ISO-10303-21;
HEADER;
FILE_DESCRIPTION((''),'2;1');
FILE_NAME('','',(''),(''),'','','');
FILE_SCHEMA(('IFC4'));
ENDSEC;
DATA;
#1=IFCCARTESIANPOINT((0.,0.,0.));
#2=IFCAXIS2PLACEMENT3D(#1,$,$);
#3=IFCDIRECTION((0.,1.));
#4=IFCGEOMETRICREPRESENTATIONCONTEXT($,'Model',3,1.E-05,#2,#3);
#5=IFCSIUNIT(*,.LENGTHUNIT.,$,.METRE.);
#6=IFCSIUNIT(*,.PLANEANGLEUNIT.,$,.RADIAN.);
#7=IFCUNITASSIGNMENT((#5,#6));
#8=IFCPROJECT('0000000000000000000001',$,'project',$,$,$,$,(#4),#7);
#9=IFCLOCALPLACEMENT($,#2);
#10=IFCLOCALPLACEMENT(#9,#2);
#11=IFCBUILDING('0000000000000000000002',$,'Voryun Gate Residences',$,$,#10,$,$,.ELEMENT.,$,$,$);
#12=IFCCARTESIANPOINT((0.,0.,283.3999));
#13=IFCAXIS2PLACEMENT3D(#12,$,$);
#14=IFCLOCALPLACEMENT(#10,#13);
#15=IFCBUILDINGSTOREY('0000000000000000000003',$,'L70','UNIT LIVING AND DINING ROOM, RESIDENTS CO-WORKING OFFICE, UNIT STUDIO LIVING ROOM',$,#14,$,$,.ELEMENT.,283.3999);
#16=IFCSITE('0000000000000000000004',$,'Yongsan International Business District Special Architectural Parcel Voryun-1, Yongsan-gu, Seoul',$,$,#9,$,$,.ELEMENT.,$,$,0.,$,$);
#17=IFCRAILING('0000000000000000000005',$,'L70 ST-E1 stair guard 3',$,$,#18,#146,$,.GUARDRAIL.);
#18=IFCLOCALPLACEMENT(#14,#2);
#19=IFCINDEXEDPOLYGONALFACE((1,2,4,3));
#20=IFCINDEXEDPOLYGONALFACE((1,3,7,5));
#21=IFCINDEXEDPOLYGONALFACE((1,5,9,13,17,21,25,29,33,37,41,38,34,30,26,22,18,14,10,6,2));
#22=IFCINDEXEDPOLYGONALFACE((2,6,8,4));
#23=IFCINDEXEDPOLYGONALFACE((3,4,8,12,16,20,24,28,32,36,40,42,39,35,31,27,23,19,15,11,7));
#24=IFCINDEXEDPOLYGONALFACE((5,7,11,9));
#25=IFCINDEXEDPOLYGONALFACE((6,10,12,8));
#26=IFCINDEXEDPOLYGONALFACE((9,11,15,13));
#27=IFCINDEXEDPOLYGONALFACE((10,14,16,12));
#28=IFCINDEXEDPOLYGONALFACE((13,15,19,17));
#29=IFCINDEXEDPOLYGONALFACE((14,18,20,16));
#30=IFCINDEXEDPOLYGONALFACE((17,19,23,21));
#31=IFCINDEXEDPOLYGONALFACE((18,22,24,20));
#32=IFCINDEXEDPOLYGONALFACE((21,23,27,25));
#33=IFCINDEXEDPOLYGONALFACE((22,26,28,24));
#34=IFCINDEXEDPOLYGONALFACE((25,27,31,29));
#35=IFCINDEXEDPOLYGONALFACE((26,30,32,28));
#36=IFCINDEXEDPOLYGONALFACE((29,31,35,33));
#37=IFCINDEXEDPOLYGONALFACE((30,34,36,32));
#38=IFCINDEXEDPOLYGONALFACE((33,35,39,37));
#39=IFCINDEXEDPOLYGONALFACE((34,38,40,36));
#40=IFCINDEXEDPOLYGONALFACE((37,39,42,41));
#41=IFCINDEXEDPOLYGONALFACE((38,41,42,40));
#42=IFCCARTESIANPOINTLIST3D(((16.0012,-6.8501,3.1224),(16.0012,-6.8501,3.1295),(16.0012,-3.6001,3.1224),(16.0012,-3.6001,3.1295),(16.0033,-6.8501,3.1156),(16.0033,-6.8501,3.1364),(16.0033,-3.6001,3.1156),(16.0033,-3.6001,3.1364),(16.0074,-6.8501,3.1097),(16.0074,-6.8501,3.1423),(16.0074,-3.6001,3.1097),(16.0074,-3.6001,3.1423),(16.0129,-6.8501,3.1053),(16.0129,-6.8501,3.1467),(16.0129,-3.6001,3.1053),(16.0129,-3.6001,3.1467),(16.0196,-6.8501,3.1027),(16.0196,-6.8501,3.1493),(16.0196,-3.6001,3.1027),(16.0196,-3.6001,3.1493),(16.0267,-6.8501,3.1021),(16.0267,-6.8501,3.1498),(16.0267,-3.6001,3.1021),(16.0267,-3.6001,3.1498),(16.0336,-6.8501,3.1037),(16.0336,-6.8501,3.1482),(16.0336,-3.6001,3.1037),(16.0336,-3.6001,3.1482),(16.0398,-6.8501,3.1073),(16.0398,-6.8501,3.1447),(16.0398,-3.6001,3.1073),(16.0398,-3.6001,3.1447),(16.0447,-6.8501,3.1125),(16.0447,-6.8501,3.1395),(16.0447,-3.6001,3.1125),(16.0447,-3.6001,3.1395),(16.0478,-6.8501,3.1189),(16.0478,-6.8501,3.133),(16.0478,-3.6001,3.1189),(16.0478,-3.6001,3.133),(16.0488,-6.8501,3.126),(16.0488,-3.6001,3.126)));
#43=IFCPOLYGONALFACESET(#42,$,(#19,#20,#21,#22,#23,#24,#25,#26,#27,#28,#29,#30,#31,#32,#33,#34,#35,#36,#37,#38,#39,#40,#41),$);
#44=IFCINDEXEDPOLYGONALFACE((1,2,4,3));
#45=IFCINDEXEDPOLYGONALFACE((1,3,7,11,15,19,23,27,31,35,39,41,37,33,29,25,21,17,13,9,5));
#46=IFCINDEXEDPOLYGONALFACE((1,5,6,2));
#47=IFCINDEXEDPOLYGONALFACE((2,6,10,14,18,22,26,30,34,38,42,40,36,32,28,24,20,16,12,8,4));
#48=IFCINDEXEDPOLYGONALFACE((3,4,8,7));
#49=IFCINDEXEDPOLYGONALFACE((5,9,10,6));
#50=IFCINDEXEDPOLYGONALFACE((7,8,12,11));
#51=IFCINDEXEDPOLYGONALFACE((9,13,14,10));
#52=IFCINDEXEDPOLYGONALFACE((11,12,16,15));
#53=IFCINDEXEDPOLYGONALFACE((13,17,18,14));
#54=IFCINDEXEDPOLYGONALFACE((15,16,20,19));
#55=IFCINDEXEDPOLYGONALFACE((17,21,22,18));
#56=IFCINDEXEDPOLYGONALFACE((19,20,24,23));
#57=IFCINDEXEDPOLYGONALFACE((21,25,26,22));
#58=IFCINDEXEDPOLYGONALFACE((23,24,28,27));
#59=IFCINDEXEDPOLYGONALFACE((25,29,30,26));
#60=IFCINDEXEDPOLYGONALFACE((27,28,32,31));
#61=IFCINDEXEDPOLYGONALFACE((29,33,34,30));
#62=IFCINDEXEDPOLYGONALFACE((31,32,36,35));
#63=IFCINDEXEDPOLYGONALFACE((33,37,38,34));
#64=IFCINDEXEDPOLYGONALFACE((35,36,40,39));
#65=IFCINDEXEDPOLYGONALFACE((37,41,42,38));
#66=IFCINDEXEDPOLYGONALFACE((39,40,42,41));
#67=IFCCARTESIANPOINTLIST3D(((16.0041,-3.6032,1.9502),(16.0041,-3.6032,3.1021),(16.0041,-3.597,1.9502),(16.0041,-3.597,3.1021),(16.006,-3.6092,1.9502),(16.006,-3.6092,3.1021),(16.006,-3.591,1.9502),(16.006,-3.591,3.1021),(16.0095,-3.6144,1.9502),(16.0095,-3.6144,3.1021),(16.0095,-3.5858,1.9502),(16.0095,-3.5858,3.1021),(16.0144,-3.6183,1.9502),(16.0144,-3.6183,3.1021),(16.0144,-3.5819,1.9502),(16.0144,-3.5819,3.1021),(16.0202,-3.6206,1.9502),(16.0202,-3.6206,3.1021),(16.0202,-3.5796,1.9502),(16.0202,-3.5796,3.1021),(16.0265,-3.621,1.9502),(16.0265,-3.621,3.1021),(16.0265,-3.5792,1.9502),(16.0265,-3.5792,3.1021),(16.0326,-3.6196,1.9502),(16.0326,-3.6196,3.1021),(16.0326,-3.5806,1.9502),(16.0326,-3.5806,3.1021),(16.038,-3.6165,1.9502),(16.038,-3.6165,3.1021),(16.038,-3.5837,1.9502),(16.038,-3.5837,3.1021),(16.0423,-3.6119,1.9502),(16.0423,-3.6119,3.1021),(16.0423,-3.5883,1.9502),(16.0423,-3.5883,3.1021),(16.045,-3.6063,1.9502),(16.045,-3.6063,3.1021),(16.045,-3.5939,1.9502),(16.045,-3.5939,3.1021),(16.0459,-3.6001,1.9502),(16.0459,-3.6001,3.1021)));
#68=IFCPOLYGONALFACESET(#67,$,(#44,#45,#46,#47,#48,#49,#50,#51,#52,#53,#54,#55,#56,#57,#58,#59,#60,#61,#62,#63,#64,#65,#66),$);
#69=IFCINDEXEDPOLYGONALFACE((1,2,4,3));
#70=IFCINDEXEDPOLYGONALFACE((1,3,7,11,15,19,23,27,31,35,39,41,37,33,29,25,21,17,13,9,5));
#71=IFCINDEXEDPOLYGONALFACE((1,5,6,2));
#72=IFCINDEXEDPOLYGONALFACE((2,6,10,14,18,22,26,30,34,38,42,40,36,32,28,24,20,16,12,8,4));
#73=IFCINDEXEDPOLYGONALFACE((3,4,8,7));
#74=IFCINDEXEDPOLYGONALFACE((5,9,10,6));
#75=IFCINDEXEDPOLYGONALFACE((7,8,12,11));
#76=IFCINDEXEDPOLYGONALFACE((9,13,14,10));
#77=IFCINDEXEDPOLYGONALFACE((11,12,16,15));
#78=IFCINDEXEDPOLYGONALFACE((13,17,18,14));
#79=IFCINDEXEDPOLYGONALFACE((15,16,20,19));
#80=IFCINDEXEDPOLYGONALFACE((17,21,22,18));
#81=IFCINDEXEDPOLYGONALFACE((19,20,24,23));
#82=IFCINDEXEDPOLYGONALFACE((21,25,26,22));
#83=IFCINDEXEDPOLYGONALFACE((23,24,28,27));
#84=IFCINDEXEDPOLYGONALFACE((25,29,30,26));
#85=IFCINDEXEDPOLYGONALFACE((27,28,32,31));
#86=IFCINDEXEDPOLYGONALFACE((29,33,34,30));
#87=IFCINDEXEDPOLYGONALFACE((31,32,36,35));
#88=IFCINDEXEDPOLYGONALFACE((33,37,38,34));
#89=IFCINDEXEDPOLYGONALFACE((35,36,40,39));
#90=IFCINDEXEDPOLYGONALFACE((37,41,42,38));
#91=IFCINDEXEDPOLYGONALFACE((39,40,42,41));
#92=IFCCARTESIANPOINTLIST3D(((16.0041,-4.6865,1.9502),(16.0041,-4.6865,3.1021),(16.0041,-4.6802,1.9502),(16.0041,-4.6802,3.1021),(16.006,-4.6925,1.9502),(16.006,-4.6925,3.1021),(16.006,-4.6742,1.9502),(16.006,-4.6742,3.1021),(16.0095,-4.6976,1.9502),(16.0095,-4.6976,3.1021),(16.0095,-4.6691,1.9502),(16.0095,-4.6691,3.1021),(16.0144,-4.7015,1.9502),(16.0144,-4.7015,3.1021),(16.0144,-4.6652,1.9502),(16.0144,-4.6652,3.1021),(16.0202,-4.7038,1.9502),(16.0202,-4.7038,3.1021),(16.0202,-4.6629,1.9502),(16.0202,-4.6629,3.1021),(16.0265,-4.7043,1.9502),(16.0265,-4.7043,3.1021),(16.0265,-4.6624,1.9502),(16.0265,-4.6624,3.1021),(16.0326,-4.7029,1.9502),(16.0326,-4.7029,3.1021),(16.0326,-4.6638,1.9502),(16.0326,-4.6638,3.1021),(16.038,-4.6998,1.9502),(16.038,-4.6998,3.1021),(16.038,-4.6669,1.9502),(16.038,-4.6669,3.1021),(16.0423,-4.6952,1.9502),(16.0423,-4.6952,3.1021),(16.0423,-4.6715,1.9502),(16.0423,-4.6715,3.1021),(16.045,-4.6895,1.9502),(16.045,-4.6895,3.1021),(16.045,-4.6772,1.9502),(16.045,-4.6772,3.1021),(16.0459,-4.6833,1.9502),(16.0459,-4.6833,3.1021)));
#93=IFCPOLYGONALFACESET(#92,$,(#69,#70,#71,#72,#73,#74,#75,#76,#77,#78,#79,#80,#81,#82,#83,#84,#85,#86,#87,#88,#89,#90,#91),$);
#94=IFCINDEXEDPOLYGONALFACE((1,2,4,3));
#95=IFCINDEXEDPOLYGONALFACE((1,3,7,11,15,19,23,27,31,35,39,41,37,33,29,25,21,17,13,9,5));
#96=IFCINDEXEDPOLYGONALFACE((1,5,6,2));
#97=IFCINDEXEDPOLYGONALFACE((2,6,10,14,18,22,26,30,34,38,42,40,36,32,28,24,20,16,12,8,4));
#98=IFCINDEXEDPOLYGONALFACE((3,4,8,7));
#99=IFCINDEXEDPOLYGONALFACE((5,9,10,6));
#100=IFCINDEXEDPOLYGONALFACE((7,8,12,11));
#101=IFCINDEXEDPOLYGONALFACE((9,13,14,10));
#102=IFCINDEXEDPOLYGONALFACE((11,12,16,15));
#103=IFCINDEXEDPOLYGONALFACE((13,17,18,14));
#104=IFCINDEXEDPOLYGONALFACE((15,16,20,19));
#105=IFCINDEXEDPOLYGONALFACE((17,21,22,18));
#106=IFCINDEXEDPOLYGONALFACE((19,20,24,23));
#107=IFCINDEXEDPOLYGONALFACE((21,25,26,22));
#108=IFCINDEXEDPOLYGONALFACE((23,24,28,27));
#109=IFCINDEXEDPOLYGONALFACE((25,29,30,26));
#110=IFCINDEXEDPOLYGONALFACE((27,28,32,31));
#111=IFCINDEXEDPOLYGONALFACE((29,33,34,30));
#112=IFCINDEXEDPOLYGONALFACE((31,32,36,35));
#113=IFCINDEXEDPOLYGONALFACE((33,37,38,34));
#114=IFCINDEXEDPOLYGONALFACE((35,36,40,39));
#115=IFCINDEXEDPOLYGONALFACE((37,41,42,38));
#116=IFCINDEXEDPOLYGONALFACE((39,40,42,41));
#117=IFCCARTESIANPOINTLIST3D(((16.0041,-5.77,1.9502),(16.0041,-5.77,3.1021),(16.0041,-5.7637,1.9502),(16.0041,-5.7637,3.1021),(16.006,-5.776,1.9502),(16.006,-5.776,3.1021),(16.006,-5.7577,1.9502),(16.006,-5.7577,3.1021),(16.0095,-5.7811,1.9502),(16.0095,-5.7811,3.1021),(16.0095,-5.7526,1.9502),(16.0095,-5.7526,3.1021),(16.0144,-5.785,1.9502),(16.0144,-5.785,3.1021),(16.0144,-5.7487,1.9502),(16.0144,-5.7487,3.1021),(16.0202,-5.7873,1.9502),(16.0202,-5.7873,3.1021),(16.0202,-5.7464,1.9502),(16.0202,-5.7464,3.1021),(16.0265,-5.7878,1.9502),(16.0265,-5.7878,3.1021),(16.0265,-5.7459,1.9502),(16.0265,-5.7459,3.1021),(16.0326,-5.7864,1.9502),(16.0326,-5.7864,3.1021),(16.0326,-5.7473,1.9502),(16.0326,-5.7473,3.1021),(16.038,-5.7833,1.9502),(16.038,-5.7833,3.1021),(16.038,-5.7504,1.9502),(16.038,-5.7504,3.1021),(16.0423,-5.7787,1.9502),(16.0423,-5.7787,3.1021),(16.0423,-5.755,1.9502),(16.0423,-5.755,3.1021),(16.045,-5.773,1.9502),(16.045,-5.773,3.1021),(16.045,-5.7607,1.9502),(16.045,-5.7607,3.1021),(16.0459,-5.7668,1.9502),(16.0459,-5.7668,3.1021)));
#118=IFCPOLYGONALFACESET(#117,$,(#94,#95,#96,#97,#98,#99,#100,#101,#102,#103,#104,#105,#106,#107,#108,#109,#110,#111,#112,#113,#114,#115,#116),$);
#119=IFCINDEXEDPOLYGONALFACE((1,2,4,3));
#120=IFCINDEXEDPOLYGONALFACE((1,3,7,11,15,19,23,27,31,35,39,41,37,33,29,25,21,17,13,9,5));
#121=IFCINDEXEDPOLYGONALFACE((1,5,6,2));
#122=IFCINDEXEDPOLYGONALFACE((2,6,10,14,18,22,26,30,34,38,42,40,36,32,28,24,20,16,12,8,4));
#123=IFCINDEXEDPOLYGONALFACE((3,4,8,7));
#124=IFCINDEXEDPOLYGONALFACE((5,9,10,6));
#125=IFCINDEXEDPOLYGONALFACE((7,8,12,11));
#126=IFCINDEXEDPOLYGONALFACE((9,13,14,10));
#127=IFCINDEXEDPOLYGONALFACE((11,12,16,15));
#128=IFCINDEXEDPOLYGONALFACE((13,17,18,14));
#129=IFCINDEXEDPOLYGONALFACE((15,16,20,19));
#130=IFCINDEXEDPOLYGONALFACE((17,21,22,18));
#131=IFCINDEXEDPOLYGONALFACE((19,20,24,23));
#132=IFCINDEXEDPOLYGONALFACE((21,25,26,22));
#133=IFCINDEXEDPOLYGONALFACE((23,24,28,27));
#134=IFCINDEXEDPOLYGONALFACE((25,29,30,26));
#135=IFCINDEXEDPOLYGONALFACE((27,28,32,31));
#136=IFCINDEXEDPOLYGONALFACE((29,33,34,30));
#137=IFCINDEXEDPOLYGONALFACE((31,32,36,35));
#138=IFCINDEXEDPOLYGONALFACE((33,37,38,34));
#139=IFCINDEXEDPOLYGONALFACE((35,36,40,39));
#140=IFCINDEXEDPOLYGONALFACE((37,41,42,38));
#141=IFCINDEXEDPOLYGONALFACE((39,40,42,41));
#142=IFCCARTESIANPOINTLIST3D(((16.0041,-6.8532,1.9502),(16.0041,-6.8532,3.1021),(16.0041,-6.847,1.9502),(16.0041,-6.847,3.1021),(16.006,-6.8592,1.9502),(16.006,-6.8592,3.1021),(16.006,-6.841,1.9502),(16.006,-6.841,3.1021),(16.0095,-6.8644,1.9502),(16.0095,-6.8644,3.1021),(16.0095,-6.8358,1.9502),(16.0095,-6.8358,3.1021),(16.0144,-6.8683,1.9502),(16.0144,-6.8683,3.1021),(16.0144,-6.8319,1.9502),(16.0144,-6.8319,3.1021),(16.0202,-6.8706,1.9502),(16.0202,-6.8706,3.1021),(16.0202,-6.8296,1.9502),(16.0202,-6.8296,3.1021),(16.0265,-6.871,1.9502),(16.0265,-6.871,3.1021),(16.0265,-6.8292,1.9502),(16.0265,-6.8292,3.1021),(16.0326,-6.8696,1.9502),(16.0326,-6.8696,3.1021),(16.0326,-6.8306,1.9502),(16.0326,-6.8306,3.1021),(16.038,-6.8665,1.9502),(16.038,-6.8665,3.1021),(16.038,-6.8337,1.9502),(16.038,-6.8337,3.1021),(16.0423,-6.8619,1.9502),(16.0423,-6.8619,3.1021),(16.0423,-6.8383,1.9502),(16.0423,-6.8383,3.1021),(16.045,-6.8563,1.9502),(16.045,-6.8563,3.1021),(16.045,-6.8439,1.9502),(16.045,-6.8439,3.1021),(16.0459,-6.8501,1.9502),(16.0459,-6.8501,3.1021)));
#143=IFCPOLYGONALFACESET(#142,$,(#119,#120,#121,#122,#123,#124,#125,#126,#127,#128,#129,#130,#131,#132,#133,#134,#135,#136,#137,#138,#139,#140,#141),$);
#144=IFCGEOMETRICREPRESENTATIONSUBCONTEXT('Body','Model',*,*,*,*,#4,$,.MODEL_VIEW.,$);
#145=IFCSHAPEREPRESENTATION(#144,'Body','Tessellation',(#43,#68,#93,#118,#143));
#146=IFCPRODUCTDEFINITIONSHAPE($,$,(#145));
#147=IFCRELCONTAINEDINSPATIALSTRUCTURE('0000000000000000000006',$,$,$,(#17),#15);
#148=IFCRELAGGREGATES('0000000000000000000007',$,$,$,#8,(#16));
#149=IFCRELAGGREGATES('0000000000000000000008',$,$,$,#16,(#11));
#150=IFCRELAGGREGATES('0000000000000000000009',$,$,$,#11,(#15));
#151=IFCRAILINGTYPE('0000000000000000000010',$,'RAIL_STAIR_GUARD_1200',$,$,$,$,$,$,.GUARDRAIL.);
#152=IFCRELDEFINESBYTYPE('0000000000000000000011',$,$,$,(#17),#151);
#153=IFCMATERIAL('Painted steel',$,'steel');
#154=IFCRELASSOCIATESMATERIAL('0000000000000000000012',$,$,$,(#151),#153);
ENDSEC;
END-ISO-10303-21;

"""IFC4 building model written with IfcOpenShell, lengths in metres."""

from ifc_helpers import new_model, si_unit, direction, frame, origin, origin_2d, place, context, subcontext, project, spatial, circle, extrude, material, type_object, element, save


model = new_model("IFC4")

# Units and contexts
model_context = context("Model", 3, precision=1e-05, world=origin(), true_north=direction((0.0, 1.0)))
body_context = subcontext(model_context, "Body", "Model", "MODEL_VIEW")
ifc_project = project(units=[si_unit("LENGTHUNIT", "METRE"), si_unit("PLANEANGLEUNIT", "RADIAN")], contexts=[model_context])

# Site, building, storey
site_placement = place(None, origin())
site = spatial("IfcSite", under=ifc_project, at=site_placement, Name="Yongsan International Business District Special Architectural Parcel Voryun-1, Yongsan-gu, Seoul", CompositionType="ELEMENT", RefElevation=0.0)
building_placement = place(site_placement, origin())
building = spatial("IfcBuilding", under=site, at=building_placement, Name="Voryun Gate Residences", CompositionType="ELEMENT")
storey_placement = place(building_placement, frame((0.0, 0.0, 283.3999)))
storey = spatial("IfcBuildingStorey", under=building, at=storey_placement, Name="L70", Description="UNIT LIVING AND DINING ROOM, RESIDENTS CO-WORKING OFFICE, UNIT STUDIO LIVING ROOM", CompositionType="ELEMENT", Elevation=283.3999)

# Railing
ifc_material_1 = material(Name="Painted steel", Category="steel")
railing_type_1 = type_object("IfcRailingType", Name="RAIL_STAIR_GUARD_1200", PredefinedType="GUARDRAIL", material=ifc_material_1)
for number, where, name in (
    (1, (16.0249, -3.6001, 1.9502), "L70 ST-E1 stair guard 3"),
):
    element("IfcRailing", number, at=place(storey_placement, frame(where)), inside=storey, type_object=railing_type_1, Name=name, PredefinedType="GUARDRAIL", context=body_context, shape_type="SweptSolid", body=[
        extrude(circle(Radius=0.0239, at=origin_2d()), frame((0.0, 0.0, 1.1758), z_axis=(0.0, -1.0, 0.0), x_axis=(1.0, 0.0, 0.0)), (0.0, 0.0, 1.0), 3.25),
        extrude(circle(Radius=0.021, at=origin_2d()), origin(), (0.0, 0.0, 1.0), 1.1519),
        extrude(circle(Radius=0.021, at=origin_2d()), frame((0.0, -1.0833, 0.0)), (0.0, 0.0, 1.0), 1.1519),
        extrude(circle(Radius=0.021, at=origin_2d()), frame((0.0, -2.1667, 0.0)), (0.0, 0.0, 1.0), 1.1519),
        extrude(circle(Radius=0.021, at=origin_2d()), frame((0.0, -3.25, 0.0)), (0.0, 0.0, 1.0), 1.1519),
    ])

save(model, "model.ifc")
